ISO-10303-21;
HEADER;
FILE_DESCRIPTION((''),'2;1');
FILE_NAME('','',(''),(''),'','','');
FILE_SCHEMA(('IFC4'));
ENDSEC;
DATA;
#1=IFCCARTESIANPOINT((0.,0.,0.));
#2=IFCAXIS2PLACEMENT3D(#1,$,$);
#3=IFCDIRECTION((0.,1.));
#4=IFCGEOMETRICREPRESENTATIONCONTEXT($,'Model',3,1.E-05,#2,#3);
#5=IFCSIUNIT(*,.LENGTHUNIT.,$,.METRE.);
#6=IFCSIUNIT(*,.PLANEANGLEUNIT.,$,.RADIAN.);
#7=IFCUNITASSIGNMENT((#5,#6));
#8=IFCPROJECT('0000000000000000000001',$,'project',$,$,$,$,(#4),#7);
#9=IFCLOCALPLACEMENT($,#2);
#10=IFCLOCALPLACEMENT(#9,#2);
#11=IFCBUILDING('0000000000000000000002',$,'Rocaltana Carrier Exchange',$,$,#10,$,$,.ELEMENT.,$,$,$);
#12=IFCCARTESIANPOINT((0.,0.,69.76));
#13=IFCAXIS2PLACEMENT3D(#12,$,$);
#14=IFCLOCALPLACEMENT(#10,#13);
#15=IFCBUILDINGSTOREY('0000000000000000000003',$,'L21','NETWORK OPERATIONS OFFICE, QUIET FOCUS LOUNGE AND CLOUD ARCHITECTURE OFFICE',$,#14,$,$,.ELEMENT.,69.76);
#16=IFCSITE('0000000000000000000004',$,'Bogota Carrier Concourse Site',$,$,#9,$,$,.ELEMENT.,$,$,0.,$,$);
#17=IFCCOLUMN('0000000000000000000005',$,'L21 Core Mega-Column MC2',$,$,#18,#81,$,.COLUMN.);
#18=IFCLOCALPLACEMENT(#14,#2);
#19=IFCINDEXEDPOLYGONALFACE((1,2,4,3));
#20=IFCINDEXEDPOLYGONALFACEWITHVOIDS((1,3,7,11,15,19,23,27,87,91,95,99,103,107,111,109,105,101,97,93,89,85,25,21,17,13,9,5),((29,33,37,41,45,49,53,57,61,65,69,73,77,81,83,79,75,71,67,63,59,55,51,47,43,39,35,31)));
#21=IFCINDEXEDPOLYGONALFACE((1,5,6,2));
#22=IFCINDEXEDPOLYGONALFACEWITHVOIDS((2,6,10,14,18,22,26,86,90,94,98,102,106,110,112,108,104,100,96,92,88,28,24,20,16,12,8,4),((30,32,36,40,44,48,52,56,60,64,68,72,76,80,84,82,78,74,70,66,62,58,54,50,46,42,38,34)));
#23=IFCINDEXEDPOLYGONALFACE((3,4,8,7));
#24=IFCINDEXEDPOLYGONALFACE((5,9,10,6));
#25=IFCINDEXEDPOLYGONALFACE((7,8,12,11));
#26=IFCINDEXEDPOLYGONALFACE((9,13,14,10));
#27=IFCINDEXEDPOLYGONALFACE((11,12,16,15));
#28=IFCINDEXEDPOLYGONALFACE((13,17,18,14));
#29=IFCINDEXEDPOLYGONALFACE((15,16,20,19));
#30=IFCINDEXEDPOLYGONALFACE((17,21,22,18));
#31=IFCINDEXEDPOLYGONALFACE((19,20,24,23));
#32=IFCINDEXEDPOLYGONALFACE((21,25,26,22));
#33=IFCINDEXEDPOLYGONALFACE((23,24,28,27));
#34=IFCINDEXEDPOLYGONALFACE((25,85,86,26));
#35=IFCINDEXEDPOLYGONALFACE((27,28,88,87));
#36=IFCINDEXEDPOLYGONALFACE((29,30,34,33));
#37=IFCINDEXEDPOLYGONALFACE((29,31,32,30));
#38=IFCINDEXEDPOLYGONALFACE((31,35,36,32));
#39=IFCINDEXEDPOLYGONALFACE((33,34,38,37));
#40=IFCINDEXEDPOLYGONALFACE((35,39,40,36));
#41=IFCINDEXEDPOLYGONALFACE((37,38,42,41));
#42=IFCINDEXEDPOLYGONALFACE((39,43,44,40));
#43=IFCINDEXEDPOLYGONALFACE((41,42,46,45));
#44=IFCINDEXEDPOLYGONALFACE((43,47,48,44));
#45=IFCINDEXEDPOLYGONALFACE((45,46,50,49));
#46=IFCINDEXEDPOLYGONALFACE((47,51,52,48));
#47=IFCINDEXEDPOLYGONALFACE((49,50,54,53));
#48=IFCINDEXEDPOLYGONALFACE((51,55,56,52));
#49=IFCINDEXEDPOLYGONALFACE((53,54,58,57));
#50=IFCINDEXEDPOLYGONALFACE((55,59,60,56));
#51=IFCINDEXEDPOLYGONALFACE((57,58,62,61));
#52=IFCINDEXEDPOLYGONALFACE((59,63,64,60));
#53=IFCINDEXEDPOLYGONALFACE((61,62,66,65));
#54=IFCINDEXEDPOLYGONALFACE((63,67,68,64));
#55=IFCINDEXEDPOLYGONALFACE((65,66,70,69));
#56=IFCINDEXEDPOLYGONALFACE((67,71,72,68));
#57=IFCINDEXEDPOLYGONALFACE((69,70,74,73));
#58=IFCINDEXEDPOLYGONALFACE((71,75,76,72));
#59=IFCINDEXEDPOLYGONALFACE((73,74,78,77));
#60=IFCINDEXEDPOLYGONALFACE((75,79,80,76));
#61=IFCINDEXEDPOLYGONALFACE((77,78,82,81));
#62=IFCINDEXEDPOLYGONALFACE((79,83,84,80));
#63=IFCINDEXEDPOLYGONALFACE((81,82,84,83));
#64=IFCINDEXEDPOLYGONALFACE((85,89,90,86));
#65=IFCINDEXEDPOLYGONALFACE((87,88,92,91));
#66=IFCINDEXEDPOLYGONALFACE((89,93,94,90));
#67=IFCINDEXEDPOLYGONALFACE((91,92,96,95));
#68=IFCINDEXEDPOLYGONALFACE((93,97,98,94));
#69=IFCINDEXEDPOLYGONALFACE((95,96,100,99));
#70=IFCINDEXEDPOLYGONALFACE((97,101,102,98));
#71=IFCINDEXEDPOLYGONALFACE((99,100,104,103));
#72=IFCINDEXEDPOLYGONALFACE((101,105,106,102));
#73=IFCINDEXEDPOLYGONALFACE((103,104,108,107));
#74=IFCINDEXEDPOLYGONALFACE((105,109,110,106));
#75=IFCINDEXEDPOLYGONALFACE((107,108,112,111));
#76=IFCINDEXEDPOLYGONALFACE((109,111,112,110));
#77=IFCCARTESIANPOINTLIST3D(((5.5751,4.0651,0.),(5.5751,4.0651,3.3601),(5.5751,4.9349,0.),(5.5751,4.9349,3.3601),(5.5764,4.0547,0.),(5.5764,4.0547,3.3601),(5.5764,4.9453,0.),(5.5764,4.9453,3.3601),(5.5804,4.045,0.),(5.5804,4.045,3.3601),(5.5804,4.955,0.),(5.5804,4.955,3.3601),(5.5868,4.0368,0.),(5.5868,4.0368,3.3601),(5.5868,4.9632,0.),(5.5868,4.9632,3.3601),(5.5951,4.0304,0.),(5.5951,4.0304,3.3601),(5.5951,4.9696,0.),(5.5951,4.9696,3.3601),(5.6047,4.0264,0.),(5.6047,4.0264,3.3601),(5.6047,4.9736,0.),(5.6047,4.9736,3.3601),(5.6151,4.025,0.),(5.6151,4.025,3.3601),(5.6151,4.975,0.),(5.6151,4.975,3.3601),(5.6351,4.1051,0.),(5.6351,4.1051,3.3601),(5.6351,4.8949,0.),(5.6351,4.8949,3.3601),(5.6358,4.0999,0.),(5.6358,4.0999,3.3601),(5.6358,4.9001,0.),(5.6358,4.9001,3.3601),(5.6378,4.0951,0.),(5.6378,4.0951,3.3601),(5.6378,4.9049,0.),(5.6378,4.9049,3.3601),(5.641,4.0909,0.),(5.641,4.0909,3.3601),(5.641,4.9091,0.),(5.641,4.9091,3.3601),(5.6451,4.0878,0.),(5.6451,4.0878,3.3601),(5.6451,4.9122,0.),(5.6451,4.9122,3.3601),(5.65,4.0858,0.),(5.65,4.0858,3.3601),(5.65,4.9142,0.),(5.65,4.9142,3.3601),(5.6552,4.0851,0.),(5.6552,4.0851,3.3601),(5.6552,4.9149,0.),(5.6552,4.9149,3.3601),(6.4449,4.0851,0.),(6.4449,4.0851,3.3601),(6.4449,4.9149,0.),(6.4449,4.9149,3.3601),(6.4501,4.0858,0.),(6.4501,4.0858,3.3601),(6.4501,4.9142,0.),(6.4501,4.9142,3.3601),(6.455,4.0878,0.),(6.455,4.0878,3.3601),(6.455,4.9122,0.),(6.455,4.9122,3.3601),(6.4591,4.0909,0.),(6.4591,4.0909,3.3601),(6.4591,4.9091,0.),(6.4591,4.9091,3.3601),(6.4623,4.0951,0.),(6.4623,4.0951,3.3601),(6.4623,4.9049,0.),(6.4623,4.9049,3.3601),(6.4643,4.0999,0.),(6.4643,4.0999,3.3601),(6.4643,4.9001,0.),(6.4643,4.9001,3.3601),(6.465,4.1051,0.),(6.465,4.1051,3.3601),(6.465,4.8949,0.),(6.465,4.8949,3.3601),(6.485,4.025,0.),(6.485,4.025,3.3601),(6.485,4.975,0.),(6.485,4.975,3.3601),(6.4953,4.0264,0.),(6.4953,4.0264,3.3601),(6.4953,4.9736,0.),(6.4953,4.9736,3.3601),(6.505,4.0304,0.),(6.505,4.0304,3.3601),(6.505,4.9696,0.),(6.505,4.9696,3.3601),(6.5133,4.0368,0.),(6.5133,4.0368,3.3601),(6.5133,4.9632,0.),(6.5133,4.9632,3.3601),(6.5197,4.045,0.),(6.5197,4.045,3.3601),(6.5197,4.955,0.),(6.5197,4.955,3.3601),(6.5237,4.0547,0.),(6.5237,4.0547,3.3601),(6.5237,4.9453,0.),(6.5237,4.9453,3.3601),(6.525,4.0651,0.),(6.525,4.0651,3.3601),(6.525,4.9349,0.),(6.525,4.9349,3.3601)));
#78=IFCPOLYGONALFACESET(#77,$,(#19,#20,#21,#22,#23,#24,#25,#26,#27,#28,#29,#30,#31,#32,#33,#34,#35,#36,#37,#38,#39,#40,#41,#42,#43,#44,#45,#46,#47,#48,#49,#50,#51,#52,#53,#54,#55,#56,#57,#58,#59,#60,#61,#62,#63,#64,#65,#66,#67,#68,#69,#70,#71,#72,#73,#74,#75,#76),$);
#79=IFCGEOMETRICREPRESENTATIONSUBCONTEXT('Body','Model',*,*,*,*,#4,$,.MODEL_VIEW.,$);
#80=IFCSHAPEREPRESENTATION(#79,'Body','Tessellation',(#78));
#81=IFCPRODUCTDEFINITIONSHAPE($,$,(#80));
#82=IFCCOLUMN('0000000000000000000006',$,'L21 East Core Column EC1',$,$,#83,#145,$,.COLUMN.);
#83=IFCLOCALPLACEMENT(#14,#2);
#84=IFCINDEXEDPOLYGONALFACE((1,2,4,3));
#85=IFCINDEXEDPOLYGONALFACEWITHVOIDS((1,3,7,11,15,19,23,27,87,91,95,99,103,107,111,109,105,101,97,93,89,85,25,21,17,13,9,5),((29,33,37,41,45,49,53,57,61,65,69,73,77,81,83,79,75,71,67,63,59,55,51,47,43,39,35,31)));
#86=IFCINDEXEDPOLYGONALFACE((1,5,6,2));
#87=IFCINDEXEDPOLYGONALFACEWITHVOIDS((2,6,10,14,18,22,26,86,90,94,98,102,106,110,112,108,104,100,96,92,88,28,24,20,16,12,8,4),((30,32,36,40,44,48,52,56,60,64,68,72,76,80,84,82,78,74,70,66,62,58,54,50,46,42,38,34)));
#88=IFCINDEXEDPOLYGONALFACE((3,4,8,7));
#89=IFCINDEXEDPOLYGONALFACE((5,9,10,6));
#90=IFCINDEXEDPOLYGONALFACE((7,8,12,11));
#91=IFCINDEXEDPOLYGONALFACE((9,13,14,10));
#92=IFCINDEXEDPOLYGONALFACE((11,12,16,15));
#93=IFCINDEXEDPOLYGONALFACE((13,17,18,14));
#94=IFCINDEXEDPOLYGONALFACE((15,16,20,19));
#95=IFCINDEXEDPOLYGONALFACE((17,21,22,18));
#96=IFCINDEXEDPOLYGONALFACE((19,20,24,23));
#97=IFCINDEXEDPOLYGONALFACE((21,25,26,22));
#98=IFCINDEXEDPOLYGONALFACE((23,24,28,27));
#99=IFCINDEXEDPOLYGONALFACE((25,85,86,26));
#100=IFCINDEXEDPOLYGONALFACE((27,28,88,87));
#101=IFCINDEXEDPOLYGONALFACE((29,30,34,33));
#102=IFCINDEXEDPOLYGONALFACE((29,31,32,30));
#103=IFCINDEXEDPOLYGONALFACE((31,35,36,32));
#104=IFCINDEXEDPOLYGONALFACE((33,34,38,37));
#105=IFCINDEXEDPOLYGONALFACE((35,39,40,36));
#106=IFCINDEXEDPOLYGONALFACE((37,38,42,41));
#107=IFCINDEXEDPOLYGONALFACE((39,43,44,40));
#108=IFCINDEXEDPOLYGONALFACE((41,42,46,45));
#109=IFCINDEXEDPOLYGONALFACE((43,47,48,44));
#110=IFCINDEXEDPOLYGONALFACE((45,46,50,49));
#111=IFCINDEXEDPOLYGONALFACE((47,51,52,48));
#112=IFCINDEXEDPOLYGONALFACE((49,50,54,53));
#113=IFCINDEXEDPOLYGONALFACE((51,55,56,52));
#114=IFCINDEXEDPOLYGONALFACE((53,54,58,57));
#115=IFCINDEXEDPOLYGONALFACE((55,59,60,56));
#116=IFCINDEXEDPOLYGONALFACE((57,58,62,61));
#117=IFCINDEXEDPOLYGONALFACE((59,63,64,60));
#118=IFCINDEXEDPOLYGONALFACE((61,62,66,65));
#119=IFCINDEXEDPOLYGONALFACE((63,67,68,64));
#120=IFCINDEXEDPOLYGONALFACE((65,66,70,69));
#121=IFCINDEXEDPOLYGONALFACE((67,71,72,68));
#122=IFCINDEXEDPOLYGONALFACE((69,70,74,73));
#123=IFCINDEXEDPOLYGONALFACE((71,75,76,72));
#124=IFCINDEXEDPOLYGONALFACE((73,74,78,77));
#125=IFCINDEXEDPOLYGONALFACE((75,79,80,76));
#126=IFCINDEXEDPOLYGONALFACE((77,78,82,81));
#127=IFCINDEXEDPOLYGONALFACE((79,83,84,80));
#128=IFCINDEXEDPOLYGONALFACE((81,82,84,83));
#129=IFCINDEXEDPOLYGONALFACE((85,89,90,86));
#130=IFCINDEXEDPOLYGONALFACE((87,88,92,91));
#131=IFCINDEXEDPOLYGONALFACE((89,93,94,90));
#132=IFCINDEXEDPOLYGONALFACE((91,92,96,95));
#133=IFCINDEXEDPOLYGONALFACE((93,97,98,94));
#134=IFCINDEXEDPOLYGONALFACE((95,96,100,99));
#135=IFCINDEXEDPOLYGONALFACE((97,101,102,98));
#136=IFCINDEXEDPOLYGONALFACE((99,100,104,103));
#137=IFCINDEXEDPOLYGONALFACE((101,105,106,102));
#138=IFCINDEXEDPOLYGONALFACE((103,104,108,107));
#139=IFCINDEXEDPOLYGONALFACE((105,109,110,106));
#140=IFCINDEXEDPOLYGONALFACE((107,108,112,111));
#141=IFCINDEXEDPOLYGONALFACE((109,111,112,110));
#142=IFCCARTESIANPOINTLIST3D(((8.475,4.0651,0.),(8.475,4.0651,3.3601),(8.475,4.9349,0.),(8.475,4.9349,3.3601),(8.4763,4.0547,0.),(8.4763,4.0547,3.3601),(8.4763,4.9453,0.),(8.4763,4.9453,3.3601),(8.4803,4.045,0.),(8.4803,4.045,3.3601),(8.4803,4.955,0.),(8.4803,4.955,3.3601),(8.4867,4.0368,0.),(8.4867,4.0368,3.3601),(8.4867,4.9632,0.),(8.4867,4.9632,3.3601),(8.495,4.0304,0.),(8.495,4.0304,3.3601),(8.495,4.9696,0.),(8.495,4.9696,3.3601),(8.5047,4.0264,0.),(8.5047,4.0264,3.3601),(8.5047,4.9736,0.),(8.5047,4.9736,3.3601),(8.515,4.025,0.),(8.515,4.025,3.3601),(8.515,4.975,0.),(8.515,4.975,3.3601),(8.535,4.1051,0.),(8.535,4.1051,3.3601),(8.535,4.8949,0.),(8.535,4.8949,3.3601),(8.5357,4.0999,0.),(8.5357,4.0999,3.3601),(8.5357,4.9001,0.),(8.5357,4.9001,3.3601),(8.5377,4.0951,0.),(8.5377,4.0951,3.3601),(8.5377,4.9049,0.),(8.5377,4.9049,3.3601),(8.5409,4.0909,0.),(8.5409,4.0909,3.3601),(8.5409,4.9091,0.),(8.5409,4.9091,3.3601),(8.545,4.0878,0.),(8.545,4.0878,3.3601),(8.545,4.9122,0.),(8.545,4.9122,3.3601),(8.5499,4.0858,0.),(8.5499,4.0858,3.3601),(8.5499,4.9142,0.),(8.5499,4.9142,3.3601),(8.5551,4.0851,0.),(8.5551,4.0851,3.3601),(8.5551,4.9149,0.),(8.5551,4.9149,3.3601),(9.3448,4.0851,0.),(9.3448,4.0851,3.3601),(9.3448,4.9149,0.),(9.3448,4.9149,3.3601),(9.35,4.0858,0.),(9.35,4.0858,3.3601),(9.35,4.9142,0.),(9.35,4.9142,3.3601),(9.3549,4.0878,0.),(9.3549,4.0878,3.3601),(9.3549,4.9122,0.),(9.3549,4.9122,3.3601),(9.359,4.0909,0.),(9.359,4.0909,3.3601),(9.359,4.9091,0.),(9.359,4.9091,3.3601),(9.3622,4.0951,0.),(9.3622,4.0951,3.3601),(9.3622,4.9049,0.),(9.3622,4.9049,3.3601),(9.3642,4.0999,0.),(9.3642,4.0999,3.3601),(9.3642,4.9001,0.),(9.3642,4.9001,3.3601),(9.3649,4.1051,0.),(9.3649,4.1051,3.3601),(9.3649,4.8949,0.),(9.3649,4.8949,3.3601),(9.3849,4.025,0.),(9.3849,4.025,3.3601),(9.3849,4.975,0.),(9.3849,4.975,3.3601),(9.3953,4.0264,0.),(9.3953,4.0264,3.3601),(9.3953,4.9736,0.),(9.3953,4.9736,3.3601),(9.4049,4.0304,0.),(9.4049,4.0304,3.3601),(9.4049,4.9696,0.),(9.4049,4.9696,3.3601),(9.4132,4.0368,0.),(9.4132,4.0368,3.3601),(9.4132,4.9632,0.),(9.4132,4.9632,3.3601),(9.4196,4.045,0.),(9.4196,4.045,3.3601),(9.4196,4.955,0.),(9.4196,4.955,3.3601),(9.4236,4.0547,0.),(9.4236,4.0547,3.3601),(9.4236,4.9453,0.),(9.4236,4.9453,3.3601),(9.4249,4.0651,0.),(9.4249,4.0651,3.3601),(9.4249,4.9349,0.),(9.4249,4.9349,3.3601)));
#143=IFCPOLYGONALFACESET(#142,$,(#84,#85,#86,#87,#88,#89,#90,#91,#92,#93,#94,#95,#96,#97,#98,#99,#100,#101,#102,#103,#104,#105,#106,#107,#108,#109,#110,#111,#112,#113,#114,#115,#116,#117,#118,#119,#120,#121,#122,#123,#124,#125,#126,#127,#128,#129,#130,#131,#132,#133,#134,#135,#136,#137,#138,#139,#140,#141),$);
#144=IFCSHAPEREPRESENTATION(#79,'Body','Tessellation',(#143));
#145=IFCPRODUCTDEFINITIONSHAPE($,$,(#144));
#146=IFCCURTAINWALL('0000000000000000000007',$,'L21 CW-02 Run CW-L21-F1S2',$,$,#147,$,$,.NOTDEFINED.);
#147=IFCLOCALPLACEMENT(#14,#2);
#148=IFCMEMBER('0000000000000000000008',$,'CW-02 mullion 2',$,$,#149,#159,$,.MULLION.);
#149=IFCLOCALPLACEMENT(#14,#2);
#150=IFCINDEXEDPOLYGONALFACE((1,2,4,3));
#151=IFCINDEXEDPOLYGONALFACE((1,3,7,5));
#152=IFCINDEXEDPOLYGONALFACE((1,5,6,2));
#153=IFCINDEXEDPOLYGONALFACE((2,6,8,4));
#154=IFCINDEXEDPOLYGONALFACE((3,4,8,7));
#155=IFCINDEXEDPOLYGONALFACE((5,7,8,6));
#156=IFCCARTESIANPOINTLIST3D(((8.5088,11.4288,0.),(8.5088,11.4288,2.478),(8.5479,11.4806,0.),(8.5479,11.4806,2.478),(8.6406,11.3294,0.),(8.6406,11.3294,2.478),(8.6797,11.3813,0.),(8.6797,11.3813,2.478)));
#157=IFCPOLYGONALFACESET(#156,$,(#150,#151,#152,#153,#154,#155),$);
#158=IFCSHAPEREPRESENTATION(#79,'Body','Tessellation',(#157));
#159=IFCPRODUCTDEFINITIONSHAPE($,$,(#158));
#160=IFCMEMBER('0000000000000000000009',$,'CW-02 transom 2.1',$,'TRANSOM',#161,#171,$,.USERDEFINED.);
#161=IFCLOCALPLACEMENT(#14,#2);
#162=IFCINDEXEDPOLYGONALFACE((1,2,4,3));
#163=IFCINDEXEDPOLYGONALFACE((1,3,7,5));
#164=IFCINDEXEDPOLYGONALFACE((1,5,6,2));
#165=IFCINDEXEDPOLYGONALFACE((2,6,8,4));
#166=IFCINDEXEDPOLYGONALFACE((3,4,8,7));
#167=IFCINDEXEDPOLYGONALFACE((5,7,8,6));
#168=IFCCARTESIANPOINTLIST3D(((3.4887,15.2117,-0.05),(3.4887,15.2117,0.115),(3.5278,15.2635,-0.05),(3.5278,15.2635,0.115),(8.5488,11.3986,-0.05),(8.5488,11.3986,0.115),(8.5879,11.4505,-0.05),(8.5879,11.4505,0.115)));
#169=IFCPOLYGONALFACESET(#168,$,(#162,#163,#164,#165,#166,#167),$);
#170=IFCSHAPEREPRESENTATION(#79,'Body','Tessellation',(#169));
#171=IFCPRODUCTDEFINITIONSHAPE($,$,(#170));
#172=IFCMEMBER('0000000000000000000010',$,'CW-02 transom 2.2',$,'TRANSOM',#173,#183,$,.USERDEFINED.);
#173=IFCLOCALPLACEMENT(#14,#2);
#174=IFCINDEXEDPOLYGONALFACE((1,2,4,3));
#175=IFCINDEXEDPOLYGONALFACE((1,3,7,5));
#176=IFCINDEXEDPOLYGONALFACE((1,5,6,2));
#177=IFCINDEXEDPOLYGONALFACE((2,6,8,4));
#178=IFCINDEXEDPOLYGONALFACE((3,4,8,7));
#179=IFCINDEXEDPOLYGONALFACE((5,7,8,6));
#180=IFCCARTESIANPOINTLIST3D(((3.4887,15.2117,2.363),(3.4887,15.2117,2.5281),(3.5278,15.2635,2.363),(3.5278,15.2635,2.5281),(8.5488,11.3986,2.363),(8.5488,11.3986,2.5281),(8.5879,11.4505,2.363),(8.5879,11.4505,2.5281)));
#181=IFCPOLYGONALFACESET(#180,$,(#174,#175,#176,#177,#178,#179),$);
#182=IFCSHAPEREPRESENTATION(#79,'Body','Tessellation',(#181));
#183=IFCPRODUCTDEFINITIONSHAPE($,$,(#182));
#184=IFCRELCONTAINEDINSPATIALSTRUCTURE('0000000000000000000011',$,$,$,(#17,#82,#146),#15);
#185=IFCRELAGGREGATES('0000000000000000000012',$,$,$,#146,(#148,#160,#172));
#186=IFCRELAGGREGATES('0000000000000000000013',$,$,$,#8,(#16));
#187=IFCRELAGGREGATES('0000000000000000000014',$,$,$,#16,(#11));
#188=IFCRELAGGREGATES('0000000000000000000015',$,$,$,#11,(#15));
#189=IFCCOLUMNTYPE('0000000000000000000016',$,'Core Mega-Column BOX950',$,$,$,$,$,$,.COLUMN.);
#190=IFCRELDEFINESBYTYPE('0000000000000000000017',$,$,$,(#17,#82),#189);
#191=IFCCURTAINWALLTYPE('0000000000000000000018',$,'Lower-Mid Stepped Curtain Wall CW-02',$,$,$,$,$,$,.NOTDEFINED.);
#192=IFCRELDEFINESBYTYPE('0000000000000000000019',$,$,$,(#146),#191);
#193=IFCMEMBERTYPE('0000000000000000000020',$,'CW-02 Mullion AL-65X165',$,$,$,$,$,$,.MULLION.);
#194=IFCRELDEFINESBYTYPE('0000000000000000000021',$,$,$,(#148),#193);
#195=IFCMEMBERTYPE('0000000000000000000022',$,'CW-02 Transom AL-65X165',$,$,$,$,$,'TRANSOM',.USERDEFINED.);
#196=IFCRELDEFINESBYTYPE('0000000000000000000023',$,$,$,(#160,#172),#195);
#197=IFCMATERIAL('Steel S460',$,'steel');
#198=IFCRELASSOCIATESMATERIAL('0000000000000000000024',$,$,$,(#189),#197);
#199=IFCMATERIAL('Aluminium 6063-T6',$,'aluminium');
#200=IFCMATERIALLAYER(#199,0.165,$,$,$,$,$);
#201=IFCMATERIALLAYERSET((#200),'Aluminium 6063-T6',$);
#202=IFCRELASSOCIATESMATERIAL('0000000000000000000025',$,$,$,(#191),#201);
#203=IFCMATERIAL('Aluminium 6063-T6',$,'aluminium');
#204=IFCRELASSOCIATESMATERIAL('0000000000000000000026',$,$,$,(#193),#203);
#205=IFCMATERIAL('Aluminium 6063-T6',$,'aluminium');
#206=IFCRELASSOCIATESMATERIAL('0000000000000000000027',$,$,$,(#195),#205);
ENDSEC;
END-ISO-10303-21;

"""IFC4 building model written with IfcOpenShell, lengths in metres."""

from ifc_helpers import new_model, si_unit, direction, frame, origin, origin_2d, place, context, subcontext, project, spatial, rectangle, hollow_rectangle, extrude, material, layer, layer_set, material_profile, profile_set, type_object, element, aggregate, save


model = new_model("IFC4")

# Units and contexts
model_context = context("Model", 3, precision=1e-05, world=origin(), true_north=direction((0.0, 1.0)))
body_context = subcontext(model_context, "Body", "Model", "MODEL_VIEW")
ifc_project = project(units=[si_unit("LENGTHUNIT", "METRE"), si_unit("PLANEANGLEUNIT", "RADIAN")], contexts=[model_context])

# Site, building, storey
site_placement = place(None, origin())
site = spatial("IfcSite", under=ifc_project, at=site_placement, Name="Bogota Carrier Concourse Site", CompositionType="ELEMENT", RefElevation=0.0)
building_placement = place(site_placement, origin())
building = spatial("IfcBuilding", under=site, at=building_placement, Name="Rocaltana Carrier Exchange", CompositionType="ELEMENT")
storey_placement = place(building_placement, frame((0.0, 0.0, 69.76)))
storey = spatial("IfcBuildingStorey", under=building, at=storey_placement, Name="L21", Description="NETWORK OPERATIONS OFFICE, QUIET FOCUS LOUNGE AND CLOUD ARCHITECTURE OFFICE", CompositionType="ELEMENT", Elevation=69.76)

# Columns
ifc_material_1 = material(Name="Steel S460", Category="steel")
ifc_material_profile_1 = material_profile(ifc_material_1, hollow_rectangle(XDim=0.95, YDim=0.95, WallThickness=0.0601, InnerFilletRadius=0.02, OuterFilletRadius=0.04, at=origin_2d()), Name="BOX950X950X60")
ifc_profile_set_1 = profile_set([ifc_material_profile_1], Name="Steel S460")
column_type = type_object("IfcColumnType", Name="Core Mega-Column BOX950", PredefinedType="COLUMN", material=ifc_profile_set_1)
for number, where, z_axis, x_axis, name in (
    (1, (6.05, 4.5, 0.0), (0.0, 0.0, 1.0), (1.0, 0.0, 0.0), "L21 Core Mega-Column MC2"),
    (2, (8.95, 4.5, 0.0), (0.0, 0.0, 1.0), (1.0, 0.0, 0.0), "L21 East Core Column EC1"),
):
    element("IfcColumn", number, at=place(storey_placement, frame(where, z_axis=z_axis, x_axis=x_axis)), inside=storey, type_object=column_type, Name=name, PredefinedType="COLUMN", context=body_context, shape_type="SweptSolid", body=[
        extrude(hollow_rectangle(XDim=0.95, YDim=0.95, WallThickness=0.0601, InnerFilletRadius=0.02, OuterFilletRadius=0.04, at=origin_2d()), origin(), (0.0, 0.0, 1.0), 3.3601),
    ])

# Curtain wall, members
ifc_material_2 = material(Name="Aluminium 6063-T6", Category="aluminium")
ifc_layer_1 = layer(ifc_material_2, 0.165)
ifc_layer_set_1 = layer_set([ifc_layer_1], Name="Aluminium 6063-T6")
curtain_wall_type = type_object("IfcCurtainWallType", Name="Lower-Mid Stepped Curtain Wall CW-02", PredefinedType="NOTDEFINED", material=ifc_layer_set_1)
curtain_wall_placement = place(storey_placement, origin())
curtain_wall = element("IfcCurtainWall", 3, at=curtain_wall_placement, inside=storey, type_object=curtain_wall_type, Name="L21 CW-02 Run CW-L21-F1S2", PredefinedType="NOTDEFINED")
ifc_material_3 = material(Name="Aluminium 6063-T6", Category="aluminium")
ifc_material_profile_2 = material_profile(ifc_material_3, rectangle(XDim=0.0649, YDim=0.165, at=origin_2d()), Name="AL-65X165")
ifc_profile_set_2 = profile_set([ifc_material_profile_2], Name="Aluminium 6063-T6")
member_type_1 = type_object("IfcMemberType", Name="CW-02 Mullion AL-65X165", PredefinedType="MULLION", material=ifc_profile_set_2)
member_1_placement = place(storey_placement, frame((8.5942, 11.405, 0.0), z_axis=(0.0, 0.0, 1.0), x_axis=(-0.601815, -0.798635, 0.0)))
member_1 = element("IfcMember", 4, at=member_1_placement, type_object=member_type_1, Name="CW-02 mullion 2", PredefinedType="MULLION", context=body_context, shape_type="SweptSolid", body=[
    extrude(rectangle(XDim=0.0649, YDim=0.165, at=origin_2d()), origin(), (0.0, 0.0, 1.0), 2.478),
])
ifc_material_4 = material(Name="Aluminium 6063-T6", Category="aluminium")
ifc_material_profile_3 = material_profile(ifc_material_4, rectangle(XDim=0.0649, YDim=0.165, at=origin_2d()), Name="AL-65X165")
ifc_profile_set_3 = profile_set([ifc_material_profile_3], Name="Aluminium 6063-T6")
member_type_2 = type_object("IfcMemberType", Name="CW-02 Transom AL-65X165", ElementType="TRANSOM", PredefinedType="USERDEFINED", material=ifc_profile_set_3)
member_2_placement = place(storey_placement, frame((8.5684, 11.4246, 0.0325), z_axis=(-0.798638, 0.601811, 0.0), x_axis=(-0.601811, -0.798638, 0.0)))
member_2 = element("IfcMember", 5, at=member_2_placement, type_object=member_type_2, Name="CW-02 transom 2.1", ObjectType="TRANSOM", PredefinedType="USERDEFINED", context=body_context, shape_type="SweptSolid", body=[
    extrude(rectangle(XDim=0.0649, YDim=0.165, at=origin_2d()), origin(), (0.0, 0.0, 1.0), 6.3359),
])
member_3_placement = place(storey_placement, frame((8.5684, 11.4246, 2.4456), z_axis=(-0.798638, 0.601811, 0.0), x_axis=(-0.601811, -0.798638, 0.0)))
member_3 = element("IfcMember", 6, at=member_3_placement, type_object=member_type_2, Name="CW-02 transom 2.2", ObjectType="TRANSOM", PredefinedType="USERDEFINED", context=body_context, shape_type="SweptSolid", body=[
    extrude(rectangle(XDim=0.0649, YDim=0.165, at=origin_2d()), origin(), (0.0, 0.0, 1.0), 6.3359),
])

aggregate(curtain_wall, [member_1, member_2, member_3])

save(model, "model.ifc")
